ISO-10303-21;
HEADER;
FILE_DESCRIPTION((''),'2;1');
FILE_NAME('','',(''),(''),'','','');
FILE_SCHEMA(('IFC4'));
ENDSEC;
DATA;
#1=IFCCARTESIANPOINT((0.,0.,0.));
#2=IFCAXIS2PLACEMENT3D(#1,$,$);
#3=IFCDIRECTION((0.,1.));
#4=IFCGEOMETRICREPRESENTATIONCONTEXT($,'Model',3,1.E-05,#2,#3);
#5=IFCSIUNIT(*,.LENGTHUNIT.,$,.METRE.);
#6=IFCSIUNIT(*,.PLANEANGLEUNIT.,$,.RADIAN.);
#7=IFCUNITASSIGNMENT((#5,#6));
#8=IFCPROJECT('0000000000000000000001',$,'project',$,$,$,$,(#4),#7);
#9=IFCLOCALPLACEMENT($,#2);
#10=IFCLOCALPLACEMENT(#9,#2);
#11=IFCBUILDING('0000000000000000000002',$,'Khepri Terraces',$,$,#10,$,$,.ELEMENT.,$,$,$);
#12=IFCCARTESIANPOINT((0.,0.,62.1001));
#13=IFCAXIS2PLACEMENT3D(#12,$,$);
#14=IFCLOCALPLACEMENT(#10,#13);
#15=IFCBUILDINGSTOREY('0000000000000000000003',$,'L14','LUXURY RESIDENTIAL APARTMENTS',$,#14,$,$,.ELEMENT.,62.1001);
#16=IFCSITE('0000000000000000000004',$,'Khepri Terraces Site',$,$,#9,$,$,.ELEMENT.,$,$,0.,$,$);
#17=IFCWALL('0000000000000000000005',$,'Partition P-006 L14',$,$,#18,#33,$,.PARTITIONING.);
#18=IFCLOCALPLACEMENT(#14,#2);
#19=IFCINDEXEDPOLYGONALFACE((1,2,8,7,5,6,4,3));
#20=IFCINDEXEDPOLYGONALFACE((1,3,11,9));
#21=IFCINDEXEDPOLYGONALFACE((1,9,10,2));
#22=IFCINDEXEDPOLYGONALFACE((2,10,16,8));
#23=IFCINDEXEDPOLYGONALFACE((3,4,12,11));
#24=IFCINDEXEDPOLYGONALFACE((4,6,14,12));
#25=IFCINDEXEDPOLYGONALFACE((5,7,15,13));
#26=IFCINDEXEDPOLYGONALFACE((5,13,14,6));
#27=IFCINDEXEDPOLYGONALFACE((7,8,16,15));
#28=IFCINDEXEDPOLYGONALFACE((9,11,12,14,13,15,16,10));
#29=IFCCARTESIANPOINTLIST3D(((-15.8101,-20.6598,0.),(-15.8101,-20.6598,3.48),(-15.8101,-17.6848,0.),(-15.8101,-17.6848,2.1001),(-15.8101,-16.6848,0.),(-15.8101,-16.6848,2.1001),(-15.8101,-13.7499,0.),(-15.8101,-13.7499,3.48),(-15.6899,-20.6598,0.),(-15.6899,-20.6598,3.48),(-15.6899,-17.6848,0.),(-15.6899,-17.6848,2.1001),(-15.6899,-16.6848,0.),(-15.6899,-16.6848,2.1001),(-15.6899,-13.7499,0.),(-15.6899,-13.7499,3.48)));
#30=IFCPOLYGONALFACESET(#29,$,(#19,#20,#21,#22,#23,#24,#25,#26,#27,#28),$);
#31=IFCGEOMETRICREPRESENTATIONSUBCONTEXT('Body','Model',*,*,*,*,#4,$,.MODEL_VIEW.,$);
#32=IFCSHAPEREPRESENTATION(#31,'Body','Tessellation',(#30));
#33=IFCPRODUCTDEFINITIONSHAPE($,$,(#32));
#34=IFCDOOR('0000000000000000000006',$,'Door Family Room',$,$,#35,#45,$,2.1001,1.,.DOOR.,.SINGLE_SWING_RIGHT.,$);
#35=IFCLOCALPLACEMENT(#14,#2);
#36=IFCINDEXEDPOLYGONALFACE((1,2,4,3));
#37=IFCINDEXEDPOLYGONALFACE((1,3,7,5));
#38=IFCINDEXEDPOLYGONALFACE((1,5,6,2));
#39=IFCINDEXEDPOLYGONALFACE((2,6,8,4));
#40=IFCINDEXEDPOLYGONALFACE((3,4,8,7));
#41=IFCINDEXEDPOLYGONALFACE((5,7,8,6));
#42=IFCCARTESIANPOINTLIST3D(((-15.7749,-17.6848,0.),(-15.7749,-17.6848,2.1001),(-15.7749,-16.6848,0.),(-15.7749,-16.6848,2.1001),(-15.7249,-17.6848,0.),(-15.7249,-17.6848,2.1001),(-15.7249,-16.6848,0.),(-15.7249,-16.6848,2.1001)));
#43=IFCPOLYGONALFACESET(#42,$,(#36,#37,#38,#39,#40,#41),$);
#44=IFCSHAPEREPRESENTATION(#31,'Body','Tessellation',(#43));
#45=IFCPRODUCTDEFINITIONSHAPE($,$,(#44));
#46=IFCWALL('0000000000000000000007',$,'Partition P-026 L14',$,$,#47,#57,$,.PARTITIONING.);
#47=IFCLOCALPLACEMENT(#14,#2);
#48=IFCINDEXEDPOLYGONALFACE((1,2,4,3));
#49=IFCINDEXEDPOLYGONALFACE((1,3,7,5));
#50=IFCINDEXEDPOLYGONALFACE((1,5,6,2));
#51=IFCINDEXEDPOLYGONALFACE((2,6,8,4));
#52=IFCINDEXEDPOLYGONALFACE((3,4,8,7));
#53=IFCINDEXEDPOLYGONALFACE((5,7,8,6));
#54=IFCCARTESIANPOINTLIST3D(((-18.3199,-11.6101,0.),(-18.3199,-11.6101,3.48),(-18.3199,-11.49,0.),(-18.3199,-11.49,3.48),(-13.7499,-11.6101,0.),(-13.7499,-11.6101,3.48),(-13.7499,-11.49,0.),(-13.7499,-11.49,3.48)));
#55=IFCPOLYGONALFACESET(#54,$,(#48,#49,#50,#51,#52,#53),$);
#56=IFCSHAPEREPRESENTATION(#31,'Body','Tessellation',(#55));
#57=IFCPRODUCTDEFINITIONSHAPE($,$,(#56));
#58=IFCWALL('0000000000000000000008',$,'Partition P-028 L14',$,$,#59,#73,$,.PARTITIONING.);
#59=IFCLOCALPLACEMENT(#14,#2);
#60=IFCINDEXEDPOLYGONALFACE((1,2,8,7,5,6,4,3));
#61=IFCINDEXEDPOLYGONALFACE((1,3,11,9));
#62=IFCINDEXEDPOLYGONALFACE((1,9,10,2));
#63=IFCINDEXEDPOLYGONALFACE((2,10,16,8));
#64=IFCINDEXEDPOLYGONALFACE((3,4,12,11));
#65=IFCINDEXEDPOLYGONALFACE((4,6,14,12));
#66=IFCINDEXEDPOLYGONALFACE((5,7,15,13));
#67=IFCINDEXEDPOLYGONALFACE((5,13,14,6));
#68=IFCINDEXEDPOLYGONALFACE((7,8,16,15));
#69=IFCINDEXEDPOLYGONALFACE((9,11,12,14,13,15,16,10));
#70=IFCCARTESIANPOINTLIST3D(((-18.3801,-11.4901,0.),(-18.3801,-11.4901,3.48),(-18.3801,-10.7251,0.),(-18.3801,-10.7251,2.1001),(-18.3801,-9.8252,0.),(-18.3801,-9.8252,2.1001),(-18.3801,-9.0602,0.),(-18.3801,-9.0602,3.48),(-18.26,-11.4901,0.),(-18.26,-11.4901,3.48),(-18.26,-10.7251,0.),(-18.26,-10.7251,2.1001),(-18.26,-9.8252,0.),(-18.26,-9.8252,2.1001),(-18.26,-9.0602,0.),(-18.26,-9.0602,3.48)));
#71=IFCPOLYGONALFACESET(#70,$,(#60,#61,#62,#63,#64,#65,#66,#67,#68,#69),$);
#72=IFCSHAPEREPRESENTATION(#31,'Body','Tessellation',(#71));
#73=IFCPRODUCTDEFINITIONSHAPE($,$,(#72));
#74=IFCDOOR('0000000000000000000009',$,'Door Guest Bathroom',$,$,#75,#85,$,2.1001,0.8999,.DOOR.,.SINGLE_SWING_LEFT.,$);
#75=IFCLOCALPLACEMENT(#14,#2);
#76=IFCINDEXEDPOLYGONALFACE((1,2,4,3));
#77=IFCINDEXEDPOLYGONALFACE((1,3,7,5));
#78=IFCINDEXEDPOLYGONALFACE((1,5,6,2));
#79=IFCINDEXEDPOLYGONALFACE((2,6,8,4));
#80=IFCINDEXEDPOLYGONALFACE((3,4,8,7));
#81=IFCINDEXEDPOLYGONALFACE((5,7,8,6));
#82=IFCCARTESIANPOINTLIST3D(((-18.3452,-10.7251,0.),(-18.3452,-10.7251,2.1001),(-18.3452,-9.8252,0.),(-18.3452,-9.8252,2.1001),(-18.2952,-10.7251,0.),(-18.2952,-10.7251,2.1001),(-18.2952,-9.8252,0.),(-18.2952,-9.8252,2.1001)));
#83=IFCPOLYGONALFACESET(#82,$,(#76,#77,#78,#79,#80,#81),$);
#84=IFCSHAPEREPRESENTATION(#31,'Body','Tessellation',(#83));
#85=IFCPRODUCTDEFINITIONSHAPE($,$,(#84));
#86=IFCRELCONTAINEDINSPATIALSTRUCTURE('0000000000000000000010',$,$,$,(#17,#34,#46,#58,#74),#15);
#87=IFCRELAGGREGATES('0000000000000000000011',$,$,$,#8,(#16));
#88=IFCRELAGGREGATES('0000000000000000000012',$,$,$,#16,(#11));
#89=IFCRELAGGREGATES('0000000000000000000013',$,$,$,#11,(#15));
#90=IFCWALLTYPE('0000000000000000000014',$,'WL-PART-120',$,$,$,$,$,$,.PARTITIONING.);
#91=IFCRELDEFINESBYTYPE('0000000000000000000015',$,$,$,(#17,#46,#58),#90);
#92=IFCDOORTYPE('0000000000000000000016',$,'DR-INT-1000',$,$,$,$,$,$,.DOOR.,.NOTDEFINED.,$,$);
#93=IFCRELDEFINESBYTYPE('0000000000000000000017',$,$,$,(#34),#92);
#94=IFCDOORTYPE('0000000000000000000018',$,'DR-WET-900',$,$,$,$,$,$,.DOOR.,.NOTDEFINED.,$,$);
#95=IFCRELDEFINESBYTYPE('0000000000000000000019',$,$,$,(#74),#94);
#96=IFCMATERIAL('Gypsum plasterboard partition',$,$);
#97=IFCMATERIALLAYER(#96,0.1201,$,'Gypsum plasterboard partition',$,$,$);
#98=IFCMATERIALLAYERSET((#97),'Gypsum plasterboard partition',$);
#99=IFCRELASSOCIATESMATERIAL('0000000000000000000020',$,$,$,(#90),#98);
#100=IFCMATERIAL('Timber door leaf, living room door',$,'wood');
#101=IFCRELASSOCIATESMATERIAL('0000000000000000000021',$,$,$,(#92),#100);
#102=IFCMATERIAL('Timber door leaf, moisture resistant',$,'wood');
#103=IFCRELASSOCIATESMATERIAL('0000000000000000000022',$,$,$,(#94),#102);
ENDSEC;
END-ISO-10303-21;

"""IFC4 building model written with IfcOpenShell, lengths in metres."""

from ifc_helpers import new_model, si_unit, direction, frame, frame_2d, origin, place, context, subcontext, project, spatial, rectangle, extrude, material, layer, layer_set, type_object, element, fill, save


model = new_model("IFC4")

# Units and contexts
model_context = context("Model", 3, precision=1e-05, world=origin(), true_north=direction((0.0, 1.0)))
body_context = subcontext(model_context, "Body", "Model", "MODEL_VIEW")
ifc_project = project(units=[si_unit("LENGTHUNIT", "METRE"), si_unit("PLANEANGLEUNIT", "RADIAN")], contexts=[model_context])

# Site, building, storey
site_placement = place(None, origin())
site = spatial("IfcSite", under=ifc_project, at=site_placement, Name="Khepri Terraces Site", CompositionType="ELEMENT", RefElevation=0.0)
building_placement = place(site_placement, origin())
building = spatial("IfcBuilding", under=site, at=building_placement, Name="Khepri Terraces", CompositionType="ELEMENT")
storey_placement = place(building_placement, frame((0.0, 0.0, 62.1001)))
storey = spatial("IfcBuildingStorey", under=building, at=storey_placement, Name="L14", Description="LUXURY RESIDENTIAL APARTMENTS", CompositionType="ELEMENT", Elevation=62.1001)

# Wall, opening, door
ifc_material_1 = material(Name="Gypsum plasterboard partition")
ifc_layer_1 = layer(ifc_material_1, 0.1201, Name="Gypsum plasterboard partition")
ifc_layer_set_1 = layer_set([ifc_layer_1], Name="Gypsum plasterboard partition")
wall_type_1 = type_object("IfcWallType", Name="WL-PART-120", PredefinedType="PARTITIONING", material=ifc_layer_set_1)
wall_1_placement = place(storey_placement, frame((-15.75, -20.6599, 0.0), z_axis=(0.0, 0.0, 1.0), x_axis=(0.0, 1.0, 0.0)))
wall_1 = element("IfcWall", 1, at=wall_1_placement, inside=storey, type_object=wall_type_1, Name="Partition P-006 L14", PredefinedType="PARTITIONING", context=body_context, shape_type="SweptSolid", body=[
    extrude(rectangle(XDim=6.9099, YDim=0.1201, at=frame_2d((3.4551, 0.0))), origin(), (0.0, 0.0, 1.0), 3.48),
])
opening_1_placement = place(wall_1_placement, frame((2.9751, 0.0, 0.0)))
opening_1 = element("IfcOpeningElement", 2, at=opening_1_placement, cuts=wall_1, PredefinedType="OPENING", context=body_context, shape_type="SweptSolid", body=[
    extrude(rectangle(XDim=1.0, YDim=2.1001, at=frame_2d((0.5, 1.05))), frame((0.0, 0.0701, 0.0), z_axis=(0.0, -1.0, 0.0), x_axis=(1.0, 0.0, 0.0)), (0.0, 0.0, 1.0), 0.1401),
])
ifc_material_2 = material(Name="Timber door leaf, living room door", Category="wood")
door_type_1 = type_object("IfcDoorType", Name="DR-INT-1000", OperationType="NOTDEFINED", PredefinedType="DOOR", material=ifc_material_2)
door_1_placement = place(opening_1_placement, origin())
door_1 = element("IfcDoor", 3, at=door_1_placement, inside=storey, type_object=door_type_1, Name="Door Family Room", OperationType="SINGLE_SWING_RIGHT", OverallHeight=2.1001, OverallWidth=1.0, PredefinedType="DOOR", context=body_context, shape_type="SweptSolid", body=[
    extrude(rectangle(XDim=1.0, YDim=2.1001, at=frame_2d((0.5, 1.05))), frame((0.0, 0.0249, 0.0), z_axis=(0.0, -1.0, 0.0), x_axis=(1.0, 0.0, 0.0)), (0.0, 0.0, 1.0), 0.05),
])
fill(opening_1, door_1)

# Wall
wall_2_placement = place(storey_placement, frame((-18.3201, -11.55, 0.0), z_axis=(0.0, 0.0, 1.0), x_axis=(1.0, 0.0, 0.0)))
element("IfcWall", 4, at=wall_2_placement, inside=storey, type_object=wall_type_1, Name="Partition P-026 L14", PredefinedType="PARTITIONING", context=body_context, shape_type="SweptSolid", body=[
    extrude(rectangle(XDim=4.5701, YDim=0.1201, at=frame_2d((2.2852, 0.0))), origin(), (0.0, 0.0, 1.0), 3.48),
])

# Wall, opening, door
wall_3_placement = place(storey_placement, frame((-18.3201, -11.49, 0.0), z_axis=(0.0, 0.0, 1.0), x_axis=(0.0, 1.0, 0.0)))
wall_3 = element("IfcWall", 5, at=wall_3_placement, inside=storey, type_object=wall_type_1, Name="Partition P-028 L14", PredefinedType="PARTITIONING", context=body_context, shape_type="SweptSolid", body=[
    extrude(rectangle(XDim=2.4299, YDim=0.1201, at=frame_2d((1.2148, 0.0))), origin(), (0.0, 0.0, 1.0), 3.48),
])
opening_2_placement = place(wall_3_placement, frame((0.7649, 0.0, 0.0)))
opening_2 = element("IfcOpeningElement", 6, at=opening_2_placement, cuts=wall_3, PredefinedType="OPENING", context=body_context, shape_type="SweptSolid", body=[
    extrude(rectangle(XDim=0.8999, YDim=2.1001, at=frame_2d((0.45, 1.05))), frame((0.0, 0.0701, 0.0), z_axis=(0.0, -1.0, 0.0), x_axis=(1.0, 0.0, 0.0)), (0.0, 0.0, 1.0), 0.1401),
])
ifc_material_3 = material(Name="Timber door leaf, moisture resistant", Category="wood")
door_type_2 = type_object("IfcDoorType", Name="DR-WET-900", OperationType="NOTDEFINED", PredefinedType="DOOR", material=ifc_material_3)
door_2_placement = place(opening_2_placement, frame((0.8999, 0.0, 0.0), z_axis=(0.0, 0.0, 1.0), x_axis=(-1.0, 0.0, 0.0)))
door_2 = element("IfcDoor", 7, at=door_2_placement, inside=storey, type_object=door_type_2, Name="Door Guest Bathroom", OperationType="SINGLE_SWING_LEFT", OverallHeight=2.1001, OverallWidth=0.8999, PredefinedType="DOOR", context=body_context, shape_type="SweptSolid", body=[
    extrude(rectangle(XDim=0.8999, YDim=2.1001, at=frame_2d((0.45, 1.05))), frame((0.0, 0.0249, 0.0), z_axis=(0.0, -1.0, 0.0), x_axis=(1.0, 0.0, 0.0)), (0.0, 0.0, 1.0), 0.05),
])
fill(opening_2, door_2)

save(model, "model.ifc")
